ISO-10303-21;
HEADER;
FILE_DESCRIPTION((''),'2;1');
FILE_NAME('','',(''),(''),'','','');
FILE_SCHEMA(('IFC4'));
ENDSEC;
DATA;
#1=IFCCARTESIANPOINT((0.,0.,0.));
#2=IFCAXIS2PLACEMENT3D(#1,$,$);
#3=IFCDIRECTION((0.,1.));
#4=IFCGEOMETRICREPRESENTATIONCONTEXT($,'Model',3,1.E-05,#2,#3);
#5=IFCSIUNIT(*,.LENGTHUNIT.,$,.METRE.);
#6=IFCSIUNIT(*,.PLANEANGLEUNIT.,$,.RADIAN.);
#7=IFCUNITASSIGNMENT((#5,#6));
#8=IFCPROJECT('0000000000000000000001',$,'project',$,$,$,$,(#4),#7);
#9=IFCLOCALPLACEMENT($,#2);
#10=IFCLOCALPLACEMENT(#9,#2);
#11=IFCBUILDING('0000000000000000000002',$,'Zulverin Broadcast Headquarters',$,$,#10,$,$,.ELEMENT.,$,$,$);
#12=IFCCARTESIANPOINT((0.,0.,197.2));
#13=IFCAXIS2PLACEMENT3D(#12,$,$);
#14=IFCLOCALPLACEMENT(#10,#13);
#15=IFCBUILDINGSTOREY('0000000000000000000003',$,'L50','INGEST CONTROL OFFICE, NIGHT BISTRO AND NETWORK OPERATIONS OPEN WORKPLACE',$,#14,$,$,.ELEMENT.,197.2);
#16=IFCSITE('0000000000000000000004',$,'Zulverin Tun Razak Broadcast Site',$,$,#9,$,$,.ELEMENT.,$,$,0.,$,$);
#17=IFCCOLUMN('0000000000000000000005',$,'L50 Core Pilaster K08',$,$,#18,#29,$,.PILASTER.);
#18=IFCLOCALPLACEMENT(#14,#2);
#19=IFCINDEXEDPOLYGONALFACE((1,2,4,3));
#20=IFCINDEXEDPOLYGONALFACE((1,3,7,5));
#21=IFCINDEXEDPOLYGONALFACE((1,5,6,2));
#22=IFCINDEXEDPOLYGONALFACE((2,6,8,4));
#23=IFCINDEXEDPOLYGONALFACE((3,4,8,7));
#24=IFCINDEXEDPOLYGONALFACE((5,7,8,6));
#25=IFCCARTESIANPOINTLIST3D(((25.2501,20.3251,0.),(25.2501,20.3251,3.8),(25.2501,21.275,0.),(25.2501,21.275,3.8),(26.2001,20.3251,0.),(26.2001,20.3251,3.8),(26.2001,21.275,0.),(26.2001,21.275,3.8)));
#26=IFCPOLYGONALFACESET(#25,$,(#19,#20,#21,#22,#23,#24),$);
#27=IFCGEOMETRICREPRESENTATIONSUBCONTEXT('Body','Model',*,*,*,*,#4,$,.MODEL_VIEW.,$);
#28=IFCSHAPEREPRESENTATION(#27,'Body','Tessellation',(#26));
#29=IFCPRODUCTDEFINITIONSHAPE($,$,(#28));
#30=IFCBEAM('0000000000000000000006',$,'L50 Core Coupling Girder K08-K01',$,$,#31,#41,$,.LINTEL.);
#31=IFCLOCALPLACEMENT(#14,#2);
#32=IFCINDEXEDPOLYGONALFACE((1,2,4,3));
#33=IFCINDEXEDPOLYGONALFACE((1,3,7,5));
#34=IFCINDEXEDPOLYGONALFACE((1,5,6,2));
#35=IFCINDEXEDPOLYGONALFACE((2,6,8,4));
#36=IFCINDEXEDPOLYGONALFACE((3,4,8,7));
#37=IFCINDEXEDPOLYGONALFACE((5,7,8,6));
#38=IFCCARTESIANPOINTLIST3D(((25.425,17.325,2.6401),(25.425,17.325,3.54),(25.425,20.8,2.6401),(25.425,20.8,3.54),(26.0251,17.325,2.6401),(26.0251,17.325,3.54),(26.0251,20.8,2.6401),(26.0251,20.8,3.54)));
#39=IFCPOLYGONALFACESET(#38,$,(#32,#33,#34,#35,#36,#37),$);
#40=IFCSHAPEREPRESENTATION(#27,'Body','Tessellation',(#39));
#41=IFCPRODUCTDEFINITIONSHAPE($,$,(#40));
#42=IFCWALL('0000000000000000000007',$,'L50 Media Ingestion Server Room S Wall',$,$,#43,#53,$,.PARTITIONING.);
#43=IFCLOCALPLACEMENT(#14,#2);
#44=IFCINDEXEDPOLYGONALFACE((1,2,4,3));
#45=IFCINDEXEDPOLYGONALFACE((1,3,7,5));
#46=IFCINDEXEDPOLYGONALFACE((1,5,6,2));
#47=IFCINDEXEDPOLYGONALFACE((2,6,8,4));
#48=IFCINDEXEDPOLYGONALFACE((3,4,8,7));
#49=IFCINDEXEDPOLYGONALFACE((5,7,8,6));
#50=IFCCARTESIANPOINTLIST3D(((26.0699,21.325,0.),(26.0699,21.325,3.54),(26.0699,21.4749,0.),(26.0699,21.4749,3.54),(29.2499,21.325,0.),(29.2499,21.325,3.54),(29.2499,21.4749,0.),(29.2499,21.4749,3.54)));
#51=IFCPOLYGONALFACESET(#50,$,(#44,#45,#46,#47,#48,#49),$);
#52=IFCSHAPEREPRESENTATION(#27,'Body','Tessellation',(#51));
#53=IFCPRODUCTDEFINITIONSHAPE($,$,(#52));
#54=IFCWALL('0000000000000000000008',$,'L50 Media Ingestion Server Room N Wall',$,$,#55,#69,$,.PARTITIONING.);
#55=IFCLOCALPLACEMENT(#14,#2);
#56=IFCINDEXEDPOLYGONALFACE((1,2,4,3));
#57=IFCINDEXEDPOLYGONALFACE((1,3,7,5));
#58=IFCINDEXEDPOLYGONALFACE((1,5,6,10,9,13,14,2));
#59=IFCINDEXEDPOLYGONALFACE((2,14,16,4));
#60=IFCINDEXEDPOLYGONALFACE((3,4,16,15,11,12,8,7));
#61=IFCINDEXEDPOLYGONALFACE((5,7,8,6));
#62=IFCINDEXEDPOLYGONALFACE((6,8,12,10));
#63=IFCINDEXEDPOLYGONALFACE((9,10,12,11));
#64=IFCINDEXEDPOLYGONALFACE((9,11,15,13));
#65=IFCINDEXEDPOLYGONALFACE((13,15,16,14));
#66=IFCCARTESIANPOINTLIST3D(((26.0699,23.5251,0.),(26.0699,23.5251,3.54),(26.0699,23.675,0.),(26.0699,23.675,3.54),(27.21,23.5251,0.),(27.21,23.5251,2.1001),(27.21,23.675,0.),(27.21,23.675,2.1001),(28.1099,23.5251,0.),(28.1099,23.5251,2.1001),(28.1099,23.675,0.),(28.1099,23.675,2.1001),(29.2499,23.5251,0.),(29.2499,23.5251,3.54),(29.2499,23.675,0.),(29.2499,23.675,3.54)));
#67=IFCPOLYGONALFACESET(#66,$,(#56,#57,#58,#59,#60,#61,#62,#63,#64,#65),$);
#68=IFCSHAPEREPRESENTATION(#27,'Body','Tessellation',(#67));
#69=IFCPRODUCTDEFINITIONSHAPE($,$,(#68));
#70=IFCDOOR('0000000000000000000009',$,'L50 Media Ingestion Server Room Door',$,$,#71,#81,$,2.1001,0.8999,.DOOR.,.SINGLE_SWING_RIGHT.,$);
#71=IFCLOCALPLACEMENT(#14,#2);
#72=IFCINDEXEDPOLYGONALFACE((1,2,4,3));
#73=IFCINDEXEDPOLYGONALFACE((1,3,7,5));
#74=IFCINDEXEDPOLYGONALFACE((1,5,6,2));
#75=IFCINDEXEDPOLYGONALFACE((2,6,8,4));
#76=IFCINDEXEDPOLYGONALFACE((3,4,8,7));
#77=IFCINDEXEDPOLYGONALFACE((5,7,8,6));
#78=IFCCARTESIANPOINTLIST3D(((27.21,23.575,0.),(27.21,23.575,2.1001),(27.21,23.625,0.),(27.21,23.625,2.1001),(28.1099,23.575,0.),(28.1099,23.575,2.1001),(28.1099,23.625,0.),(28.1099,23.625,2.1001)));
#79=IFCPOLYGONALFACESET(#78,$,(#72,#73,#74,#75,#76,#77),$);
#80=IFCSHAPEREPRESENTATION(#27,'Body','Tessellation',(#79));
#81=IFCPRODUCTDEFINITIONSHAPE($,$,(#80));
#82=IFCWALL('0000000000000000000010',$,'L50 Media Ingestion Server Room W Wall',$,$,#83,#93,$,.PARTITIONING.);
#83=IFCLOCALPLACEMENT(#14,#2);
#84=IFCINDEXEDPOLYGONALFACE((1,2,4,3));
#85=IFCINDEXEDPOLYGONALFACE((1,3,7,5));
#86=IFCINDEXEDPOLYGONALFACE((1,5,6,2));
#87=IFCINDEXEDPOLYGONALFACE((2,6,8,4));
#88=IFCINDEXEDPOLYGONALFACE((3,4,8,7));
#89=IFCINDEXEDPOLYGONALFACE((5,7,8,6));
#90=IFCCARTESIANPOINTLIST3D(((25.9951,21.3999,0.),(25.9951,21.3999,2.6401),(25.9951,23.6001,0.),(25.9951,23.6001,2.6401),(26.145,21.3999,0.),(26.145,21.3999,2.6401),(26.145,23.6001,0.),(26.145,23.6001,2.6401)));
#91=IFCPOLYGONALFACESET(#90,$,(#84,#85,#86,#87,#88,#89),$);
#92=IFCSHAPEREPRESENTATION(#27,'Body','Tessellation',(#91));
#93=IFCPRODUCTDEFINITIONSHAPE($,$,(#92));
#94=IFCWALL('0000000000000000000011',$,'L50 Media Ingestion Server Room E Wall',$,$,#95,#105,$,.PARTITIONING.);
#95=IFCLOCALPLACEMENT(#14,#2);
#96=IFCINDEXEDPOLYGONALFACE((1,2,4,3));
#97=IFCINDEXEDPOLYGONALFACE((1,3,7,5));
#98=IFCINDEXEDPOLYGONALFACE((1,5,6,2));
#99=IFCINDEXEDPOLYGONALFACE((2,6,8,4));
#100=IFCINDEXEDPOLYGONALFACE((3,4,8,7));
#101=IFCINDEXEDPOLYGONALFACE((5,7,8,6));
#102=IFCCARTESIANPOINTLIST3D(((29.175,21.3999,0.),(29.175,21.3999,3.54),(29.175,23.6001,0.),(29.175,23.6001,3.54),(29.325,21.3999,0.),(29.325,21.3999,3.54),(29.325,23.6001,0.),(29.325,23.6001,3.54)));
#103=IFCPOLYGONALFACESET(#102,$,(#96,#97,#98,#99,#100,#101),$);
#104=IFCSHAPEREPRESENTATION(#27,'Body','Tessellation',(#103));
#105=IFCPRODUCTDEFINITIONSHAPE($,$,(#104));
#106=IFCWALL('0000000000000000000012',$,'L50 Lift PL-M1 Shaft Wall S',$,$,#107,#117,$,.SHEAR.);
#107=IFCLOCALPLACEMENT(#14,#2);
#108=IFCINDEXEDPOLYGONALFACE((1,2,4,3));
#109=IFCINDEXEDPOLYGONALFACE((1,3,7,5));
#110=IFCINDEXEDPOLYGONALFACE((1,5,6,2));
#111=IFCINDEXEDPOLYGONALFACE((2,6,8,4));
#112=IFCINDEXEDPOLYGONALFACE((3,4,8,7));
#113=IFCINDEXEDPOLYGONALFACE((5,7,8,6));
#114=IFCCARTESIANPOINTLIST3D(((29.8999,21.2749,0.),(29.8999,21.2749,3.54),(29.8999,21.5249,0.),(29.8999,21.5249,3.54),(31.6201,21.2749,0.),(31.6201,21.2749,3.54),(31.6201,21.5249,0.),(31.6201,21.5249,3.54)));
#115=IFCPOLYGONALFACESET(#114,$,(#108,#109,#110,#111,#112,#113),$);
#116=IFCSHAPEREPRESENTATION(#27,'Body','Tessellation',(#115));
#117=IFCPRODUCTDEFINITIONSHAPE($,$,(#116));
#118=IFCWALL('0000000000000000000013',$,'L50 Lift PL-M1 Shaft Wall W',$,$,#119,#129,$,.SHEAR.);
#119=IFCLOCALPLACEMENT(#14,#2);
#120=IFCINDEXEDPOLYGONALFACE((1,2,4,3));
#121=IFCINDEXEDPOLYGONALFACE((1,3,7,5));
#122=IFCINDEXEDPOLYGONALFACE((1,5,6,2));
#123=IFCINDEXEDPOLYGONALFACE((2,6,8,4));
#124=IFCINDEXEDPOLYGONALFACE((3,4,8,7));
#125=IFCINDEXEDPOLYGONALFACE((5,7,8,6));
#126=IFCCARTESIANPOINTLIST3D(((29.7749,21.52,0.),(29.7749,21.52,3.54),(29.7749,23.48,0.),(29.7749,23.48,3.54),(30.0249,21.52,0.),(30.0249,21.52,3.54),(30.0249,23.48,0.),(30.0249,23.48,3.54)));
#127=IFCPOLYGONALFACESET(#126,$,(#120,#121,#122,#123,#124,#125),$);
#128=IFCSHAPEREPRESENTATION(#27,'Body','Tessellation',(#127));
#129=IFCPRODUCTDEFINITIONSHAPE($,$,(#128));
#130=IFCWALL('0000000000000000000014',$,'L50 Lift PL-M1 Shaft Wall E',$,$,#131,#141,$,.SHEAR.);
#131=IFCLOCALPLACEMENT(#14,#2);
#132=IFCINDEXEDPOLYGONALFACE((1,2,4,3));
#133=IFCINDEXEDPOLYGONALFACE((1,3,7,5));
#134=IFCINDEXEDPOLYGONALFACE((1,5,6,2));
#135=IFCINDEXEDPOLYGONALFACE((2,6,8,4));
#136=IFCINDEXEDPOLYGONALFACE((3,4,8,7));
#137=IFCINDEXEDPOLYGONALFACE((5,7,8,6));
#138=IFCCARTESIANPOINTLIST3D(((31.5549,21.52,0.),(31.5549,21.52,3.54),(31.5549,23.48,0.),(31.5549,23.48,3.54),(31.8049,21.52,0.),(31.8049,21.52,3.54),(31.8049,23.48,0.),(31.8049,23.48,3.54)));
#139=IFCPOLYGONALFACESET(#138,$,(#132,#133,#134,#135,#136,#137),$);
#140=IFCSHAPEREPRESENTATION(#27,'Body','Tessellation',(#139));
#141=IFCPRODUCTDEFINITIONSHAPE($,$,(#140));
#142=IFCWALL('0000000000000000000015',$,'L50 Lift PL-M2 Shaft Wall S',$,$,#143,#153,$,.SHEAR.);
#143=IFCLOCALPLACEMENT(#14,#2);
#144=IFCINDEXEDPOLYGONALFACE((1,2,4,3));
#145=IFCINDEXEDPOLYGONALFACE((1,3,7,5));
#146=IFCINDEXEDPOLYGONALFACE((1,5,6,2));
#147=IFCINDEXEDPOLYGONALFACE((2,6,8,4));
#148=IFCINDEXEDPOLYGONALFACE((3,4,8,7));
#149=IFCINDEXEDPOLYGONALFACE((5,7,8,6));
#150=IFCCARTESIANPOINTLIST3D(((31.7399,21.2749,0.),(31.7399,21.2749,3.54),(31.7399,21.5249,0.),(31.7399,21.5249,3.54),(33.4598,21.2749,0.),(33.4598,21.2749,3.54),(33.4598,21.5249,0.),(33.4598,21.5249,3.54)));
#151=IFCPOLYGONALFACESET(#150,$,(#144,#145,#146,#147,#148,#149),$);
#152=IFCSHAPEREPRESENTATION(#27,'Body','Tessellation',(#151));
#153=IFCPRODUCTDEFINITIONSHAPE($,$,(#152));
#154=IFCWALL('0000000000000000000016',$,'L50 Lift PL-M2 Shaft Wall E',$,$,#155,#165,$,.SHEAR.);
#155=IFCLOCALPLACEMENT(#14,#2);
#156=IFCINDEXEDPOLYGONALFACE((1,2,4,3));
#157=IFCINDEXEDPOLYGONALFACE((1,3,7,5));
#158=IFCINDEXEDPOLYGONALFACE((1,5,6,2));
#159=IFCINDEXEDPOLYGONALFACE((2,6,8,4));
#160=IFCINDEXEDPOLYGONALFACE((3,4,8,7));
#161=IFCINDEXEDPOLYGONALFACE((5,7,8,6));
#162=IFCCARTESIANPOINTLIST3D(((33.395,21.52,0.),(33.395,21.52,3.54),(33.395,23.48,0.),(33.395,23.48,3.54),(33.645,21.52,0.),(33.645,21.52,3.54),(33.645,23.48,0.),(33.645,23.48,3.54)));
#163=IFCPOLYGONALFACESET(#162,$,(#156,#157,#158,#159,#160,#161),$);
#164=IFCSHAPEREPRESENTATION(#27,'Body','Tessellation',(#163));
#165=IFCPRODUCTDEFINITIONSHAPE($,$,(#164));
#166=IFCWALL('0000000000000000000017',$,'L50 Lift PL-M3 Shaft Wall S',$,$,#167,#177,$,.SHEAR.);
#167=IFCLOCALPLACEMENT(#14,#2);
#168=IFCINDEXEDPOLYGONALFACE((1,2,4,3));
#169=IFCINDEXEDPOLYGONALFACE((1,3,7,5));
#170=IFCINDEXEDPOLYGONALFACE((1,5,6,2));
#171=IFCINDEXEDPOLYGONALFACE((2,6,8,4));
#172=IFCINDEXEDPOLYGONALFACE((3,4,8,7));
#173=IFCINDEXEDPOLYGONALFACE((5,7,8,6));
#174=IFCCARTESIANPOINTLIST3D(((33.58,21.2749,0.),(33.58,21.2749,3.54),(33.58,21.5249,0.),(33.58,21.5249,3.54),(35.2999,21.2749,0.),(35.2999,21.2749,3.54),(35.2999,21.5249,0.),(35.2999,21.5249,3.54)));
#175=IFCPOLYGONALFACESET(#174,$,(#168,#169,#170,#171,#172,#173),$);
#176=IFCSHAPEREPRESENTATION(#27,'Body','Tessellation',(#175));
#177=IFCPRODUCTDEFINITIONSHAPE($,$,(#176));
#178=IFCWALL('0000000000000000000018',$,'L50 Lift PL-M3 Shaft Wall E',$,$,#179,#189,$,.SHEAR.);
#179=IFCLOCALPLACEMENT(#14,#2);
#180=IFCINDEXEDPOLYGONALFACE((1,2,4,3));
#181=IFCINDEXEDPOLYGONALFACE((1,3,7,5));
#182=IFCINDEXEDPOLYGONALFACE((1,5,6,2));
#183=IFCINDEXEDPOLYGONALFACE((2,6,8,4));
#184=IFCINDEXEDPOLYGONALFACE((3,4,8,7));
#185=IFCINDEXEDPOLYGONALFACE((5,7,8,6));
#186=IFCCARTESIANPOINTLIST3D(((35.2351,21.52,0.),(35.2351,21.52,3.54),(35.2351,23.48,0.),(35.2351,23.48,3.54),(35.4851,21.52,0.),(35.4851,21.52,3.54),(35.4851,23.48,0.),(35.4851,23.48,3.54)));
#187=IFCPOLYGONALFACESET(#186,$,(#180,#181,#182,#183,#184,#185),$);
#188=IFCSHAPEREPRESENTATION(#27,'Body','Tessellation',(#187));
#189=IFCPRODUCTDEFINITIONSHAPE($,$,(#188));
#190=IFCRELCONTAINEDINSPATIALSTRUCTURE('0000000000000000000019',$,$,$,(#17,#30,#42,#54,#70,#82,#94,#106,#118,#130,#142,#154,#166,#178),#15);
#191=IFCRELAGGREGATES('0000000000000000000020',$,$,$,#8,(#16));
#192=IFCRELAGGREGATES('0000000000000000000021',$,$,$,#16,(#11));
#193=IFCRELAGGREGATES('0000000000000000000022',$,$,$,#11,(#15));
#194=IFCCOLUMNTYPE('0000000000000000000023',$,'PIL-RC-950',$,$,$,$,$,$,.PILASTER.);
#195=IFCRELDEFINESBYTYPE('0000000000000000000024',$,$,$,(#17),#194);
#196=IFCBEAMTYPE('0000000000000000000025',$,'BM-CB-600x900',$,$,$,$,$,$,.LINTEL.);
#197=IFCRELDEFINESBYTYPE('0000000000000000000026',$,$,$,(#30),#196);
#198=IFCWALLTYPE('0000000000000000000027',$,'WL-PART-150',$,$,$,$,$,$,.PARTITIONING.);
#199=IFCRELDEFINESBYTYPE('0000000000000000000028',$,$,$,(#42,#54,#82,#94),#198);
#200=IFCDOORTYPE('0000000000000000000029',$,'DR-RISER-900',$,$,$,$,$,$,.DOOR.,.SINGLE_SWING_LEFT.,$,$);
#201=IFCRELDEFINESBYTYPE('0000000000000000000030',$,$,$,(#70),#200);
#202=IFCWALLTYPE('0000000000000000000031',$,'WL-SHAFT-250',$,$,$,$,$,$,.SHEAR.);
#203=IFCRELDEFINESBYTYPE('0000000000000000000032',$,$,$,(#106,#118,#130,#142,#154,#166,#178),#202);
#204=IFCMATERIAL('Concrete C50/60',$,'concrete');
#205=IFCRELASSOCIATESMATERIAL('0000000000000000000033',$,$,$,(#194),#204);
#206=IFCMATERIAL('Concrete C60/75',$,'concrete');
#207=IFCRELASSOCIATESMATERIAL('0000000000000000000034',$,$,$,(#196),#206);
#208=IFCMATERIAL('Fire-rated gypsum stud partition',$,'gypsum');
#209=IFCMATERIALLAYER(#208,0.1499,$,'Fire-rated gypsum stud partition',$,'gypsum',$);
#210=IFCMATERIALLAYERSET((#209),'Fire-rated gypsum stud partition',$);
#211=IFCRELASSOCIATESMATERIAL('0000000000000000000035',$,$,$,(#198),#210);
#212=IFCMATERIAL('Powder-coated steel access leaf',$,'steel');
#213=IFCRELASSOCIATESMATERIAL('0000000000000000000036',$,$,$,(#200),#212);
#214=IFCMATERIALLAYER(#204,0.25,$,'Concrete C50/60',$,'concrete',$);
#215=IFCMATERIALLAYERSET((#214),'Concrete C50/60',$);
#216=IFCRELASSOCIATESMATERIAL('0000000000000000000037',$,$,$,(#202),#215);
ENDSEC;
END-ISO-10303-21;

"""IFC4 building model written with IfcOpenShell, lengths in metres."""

from ifc_helpers import new_model, si_unit, direction, frame, frame_2d, origin, origin_2d, place, context, subcontext, project, spatial, rectangle, extrude, material, layer, layer_set, material_profile, profile_set, type_object, element, fill, save


model = new_model("IFC4")

# Units and contexts
model_context = context("Model", 3, precision=1e-05, world=origin(), true_north=direction((0.0, 1.0)))
body_context = subcontext(model_context, "Body", "Model", "MODEL_VIEW")
ifc_project = project(units=[si_unit("LENGTHUNIT", "METRE"), si_unit("PLANEANGLEUNIT", "RADIAN")], contexts=[model_context])

# Site, building, storey
site_placement = place(None, origin())
site = spatial("IfcSite", under=ifc_project, at=site_placement, Name="Zulverin Tun Razak Broadcast Site", CompositionType="ELEMENT", RefElevation=0.0)
building_placement = place(site_placement, origin())
building = spatial("IfcBuilding", under=site, at=building_placement, Name="Zulverin Broadcast Headquarters", CompositionType="ELEMENT")
storey_placement = place(building_placement, frame((0.0, 0.0, 197.2)))
storey = spatial("IfcBuildingStorey", under=building, at=storey_placement, Name="L50", Description="INGEST CONTROL OFFICE, NIGHT BISTRO AND NETWORK OPERATIONS OPEN WORKPLACE", CompositionType="ELEMENT", Elevation=197.2)

# Column
ifc_material_1 = material(Name="Concrete C50/60", Category="concrete")
ifc_material_profile_1 = material_profile(ifc_material_1, rectangle(XDim=0.95, YDim=0.95, at=origin_2d()), Name="Concrete C50/60", Category="concrete")
ifc_profile_set_1 = profile_set([ifc_material_profile_1], Name="Concrete C50/60")
column_type = type_object("IfcColumnType", Name="PIL-RC-950", PredefinedType="PILASTER", material=ifc_profile_set_1)
column_placement = place(storey_placement, frame((25.7251, 20.8, 0.0), z_axis=(0.0, 0.0, 1.0), x_axis=(1.0, 0.0, 0.0)))
element("IfcColumn", 1, at=column_placement, inside=storey, type_object=column_type, Name="L50 Core Pilaster K08", PredefinedType="PILASTER", context=body_context, shape_type="SweptSolid", body=[
    extrude(rectangle(XDim=0.95, YDim=0.95, at=origin_2d()), origin(), (0.0, 0.0, 1.0), 3.8),
])

# Beam
ifc_material_2 = material(Name="Concrete C60/75", Category="concrete")
ifc_material_profile_2 = material_profile(ifc_material_2, rectangle(XDim=0.6001, YDim=0.8999, at=origin_2d()), Name="Concrete C60/75", Category="concrete")
ifc_profile_set_2 = profile_set([ifc_material_profile_2], Name="Concrete C60/75")
beam_type = type_object("IfcBeamType", Name="BM-CB-600x900", PredefinedType="LINTEL", material=ifc_profile_set_2)
beam_placement = place(storey_placement, frame((25.7251, 20.8, 3.0901), z_axis=(0.0, -1.0, 0.0), x_axis=(1.0, 0.0, 0.0)))
element("IfcBeam", 2, at=beam_placement, inside=storey, type_object=beam_type, Name="L50 Core Coupling Girder K08-K01", PredefinedType="LINTEL", context=body_context, shape_type="SweptSolid", body=[
    extrude(rectangle(XDim=0.6001, YDim=0.8999, at=origin_2d()), origin(), (0.0, 0.0, 1.0), 3.4751),
])

# Wall
ifc_material_3 = material(Name="Fire-rated gypsum stud partition", Category="gypsum")
ifc_layer_1 = layer(ifc_material_3, 0.1499, Name="Fire-rated gypsum stud partition", Category="gypsum")
ifc_layer_set_1 = layer_set([ifc_layer_1], Name="Fire-rated gypsum stud partition")
wall_type_1 = type_object("IfcWallType", Name="WL-PART-150", PredefinedType="PARTITIONING", material=ifc_layer_set_1)
wall_1_placement = place(storey_placement, frame((26.0701, 21.3999, 0.0), z_axis=(0.0, 0.0, 1.0), x_axis=(1.0, 0.0, 0.0)))
element("IfcWall", 3, at=wall_1_placement, inside=storey, type_object=wall_type_1, Name="L50 Media Ingestion Server Room S Wall", PredefinedType="PARTITIONING", context=body_context, shape_type="SweptSolid", body=[
    extrude(rectangle(XDim=3.1799, YDim=0.1499, at=frame_2d((1.5898, 0.0))), origin(), (0.0, 0.0, 1.0), 3.54),
])

# Wall, opening, door
wall_2_placement = place(storey_placement, frame((26.0701, 23.6001, 0.0), z_axis=(0.0, 0.0, 1.0), x_axis=(1.0, 0.0, 0.0)))
wall_2 = element("IfcWall", 4, at=wall_2_placement, inside=storey, type_object=wall_type_1, Name="L50 Media Ingestion Server Room N Wall", PredefinedType="PARTITIONING", context=body_context, shape_type="SweptSolid", body=[
    extrude(rectangle(XDim=3.1799, YDim=0.1499, at=frame_2d((1.5898, 0.0))), origin(), (0.0, 0.0, 1.0), 3.54),
])
opening_1_placement = place(wall_2_placement, frame((1.1399, 0.0, 0.0)))
opening_1 = element("IfcOpeningElement", 5, at=opening_1_placement, cuts=wall_2, PredefinedType="OPENING", context=body_context, shape_type="SweptSolid", body=[
    extrude(rectangle(XDim=0.8999, YDim=2.1001, at=frame_2d((0.45, 1.05))), frame((0.0, 0.085, 0.0), z_axis=(0.0, -1.0, 0.0), x_axis=(1.0, 0.0, 0.0)), (0.0, 0.0, 1.0), 0.1699),
])
ifc_material_4 = material(Name="Powder-coated steel access leaf", Category="steel")
door_type_1 = type_object("IfcDoorType", Name="DR-RISER-900", OperationType="SINGLE_SWING_LEFT", PredefinedType="DOOR", material=ifc_material_4)
door_1_placement = place(opening_1_placement, origin())
door_1 = element("IfcDoor", 6, at=door_1_placement, inside=storey, type_object=door_type_1, Name="L50 Media Ingestion Server Room Door", OperationType="SINGLE_SWING_RIGHT", OverallHeight=2.1001, OverallWidth=0.8999, PredefinedType="DOOR", context=body_context, shape_type="SweptSolid", body=[
    extrude(rectangle(XDim=0.8999, YDim=2.1001, at=frame_2d((0.45, 1.05))), frame((0.0, 0.0249, 0.0), z_axis=(0.0, -1.0, 0.0), x_axis=(1.0, 0.0, 0.0)), (0.0, 0.0, 1.0), 0.05),
])
fill(opening_1, door_1)

# Walls
wall_3_placement = place(storey_placement, frame((26.0701, 21.3999, 0.0), z_axis=(0.0, 0.0, 1.0), x_axis=(0.0, 1.0, 0.0)))
element("IfcWall", 7, at=wall_3_placement, inside=storey, type_object=wall_type_1, Name="L50 Media Ingestion Server Room W Wall", PredefinedType="PARTITIONING", context=body_context, shape_type="SweptSolid", body=[
    extrude(rectangle(XDim=2.2002, YDim=0.1499, at=frame_2d((1.1001, 0.0))), origin(), (0.0, 0.0, 1.0), 2.6401),
])
wall_4_placement = place(storey_placement, frame((29.25, 21.3999, 0.0), z_axis=(0.0, 0.0, 1.0), x_axis=(0.0, 1.0, 0.0)))
element("IfcWall", 8, at=wall_4_placement, inside=storey, type_object=wall_type_1, Name="L50 Media Ingestion Server Room E Wall", PredefinedType="PARTITIONING", context=body_context, shape_type="SweptSolid", body=[
    extrude(rectangle(XDim=2.2002, YDim=0.1499, at=frame_2d((1.1001, 0.0))), origin(), (0.0, 0.0, 1.0), 3.54),
])
ifc_layer_2 = layer(ifc_material_1, 0.25, Name="Concrete C50/60", Category="concrete")
ifc_layer_set_2 = layer_set([ifc_layer_2], Name="Concrete C50/60")
wall_type_2 = type_object("IfcWallType", Name="WL-SHAFT-250", PredefinedType="SHEAR", material=ifc_layer_set_2)
wall_5_placement = place(storey_placement, frame((29.8999, 21.3999, 0.0), z_axis=(0.0, 0.0, 1.0), x_axis=(1.0, 0.0, 0.0)))
element("IfcWall", 9, at=wall_5_placement, inside=storey, type_object=wall_type_2, Name="L50 Lift PL-M1 Shaft Wall S", PredefinedType="SHEAR", context=body_context, shape_type="SweptSolid", body=[
    extrude(rectangle(XDim=1.7202, YDim=0.25, at=frame_2d((0.8601, 0.0))), origin(), (0.0, 0.0, 1.0), 3.54),
])

# Walls
for number, where, z_axis, x_axis, name in (
    (10, (29.8999, 21.52, 0.0), (0.0, 0.0, 1.0), (0.0, 1.0, 0.0), "L50 Lift PL-M1 Shaft Wall W"),
    (11, (31.6799, 21.52, 0.0), (0.0, 0.0, 1.0), (0.0, 1.0, 0.0), "L50 Lift PL-M1 Shaft Wall E"),
):
    element("IfcWall", number, at=place(storey_placement, frame(where, z_axis=z_axis, x_axis=x_axis)), inside=storey, type_object=wall_type_2, Name=name, PredefinedType="SHEAR", context=body_context, shape_type="SweptSolid", body=[
        extrude(rectangle(XDim=1.96, YDim=0.25, at=frame_2d((0.98, 0.0))), origin(), (0.0, 0.0, 1.0), 3.54),
    ])
wall_6_placement = place(storey_placement, frame((31.74, 21.3999, 0.0), z_axis=(0.0, 0.0, 1.0), x_axis=(1.0, 0.0, 0.0)))
element("IfcWall", 12, at=wall_6_placement, inside=storey, type_object=wall_type_2, Name="L50 Lift PL-M2 Shaft Wall S", PredefinedType="SHEAR", context=body_context, shape_type="SweptSolid", body=[
    extrude(rectangle(XDim=1.72, YDim=0.25, at=frame_2d((0.8599, 0.0))), origin(), (0.0, 0.0, 1.0), 3.54),
])

# Walls
wall_7_placement = place(storey_placement, frame((33.52, 21.52, 0.0), z_axis=(0.0, 0.0, 1.0), x_axis=(0.0, 1.0, 0.0)))
element("IfcWall", 13, at=wall_7_placement, inside=storey, type_object=wall_type_2, Name="L50 Lift PL-M2 Shaft Wall E", PredefinedType="SHEAR", context=body_context, shape_type="SweptSolid", body=[
    extrude(rectangle(XDim=1.96, YDim=0.25, at=frame_2d((0.98, 0.0))), origin(), (0.0, 0.0, 1.0), 3.54),
])
wall_8_placement = place(storey_placement, frame((33.5801, 21.3999, 0.0), z_axis=(0.0, 0.0, 1.0), x_axis=(1.0, 0.0, 0.0)))
element("IfcWall", 14, at=wall_8_placement, inside=storey, type_object=wall_type_2, Name="L50 Lift PL-M3 Shaft Wall S", PredefinedType="SHEAR", context=body_context, shape_type="SweptSolid", body=[
    extrude(rectangle(XDim=1.72, YDim=0.25, at=frame_2d((0.8599, 0.0))), origin(), (0.0, 0.0, 1.0), 3.54),
])

# Wall
wall_9_placement = place(storey_placement, frame((35.3601, 21.52, 0.0), z_axis=(0.0, 0.0, 1.0), x_axis=(0.0, 1.0, 0.0)))
element("IfcWall", 15, at=wall_9_placement, inside=storey, type_object=wall_type_2, Name="L50 Lift PL-M3 Shaft Wall E", PredefinedType="SHEAR", context=body_context, shape_type="SweptSolid", body=[
    extrude(rectangle(XDim=1.96, YDim=0.25, at=frame_2d((0.98, 0.0))), origin(), (0.0, 0.0, 1.0), 3.54),
])

save(model, "model.ifc")
